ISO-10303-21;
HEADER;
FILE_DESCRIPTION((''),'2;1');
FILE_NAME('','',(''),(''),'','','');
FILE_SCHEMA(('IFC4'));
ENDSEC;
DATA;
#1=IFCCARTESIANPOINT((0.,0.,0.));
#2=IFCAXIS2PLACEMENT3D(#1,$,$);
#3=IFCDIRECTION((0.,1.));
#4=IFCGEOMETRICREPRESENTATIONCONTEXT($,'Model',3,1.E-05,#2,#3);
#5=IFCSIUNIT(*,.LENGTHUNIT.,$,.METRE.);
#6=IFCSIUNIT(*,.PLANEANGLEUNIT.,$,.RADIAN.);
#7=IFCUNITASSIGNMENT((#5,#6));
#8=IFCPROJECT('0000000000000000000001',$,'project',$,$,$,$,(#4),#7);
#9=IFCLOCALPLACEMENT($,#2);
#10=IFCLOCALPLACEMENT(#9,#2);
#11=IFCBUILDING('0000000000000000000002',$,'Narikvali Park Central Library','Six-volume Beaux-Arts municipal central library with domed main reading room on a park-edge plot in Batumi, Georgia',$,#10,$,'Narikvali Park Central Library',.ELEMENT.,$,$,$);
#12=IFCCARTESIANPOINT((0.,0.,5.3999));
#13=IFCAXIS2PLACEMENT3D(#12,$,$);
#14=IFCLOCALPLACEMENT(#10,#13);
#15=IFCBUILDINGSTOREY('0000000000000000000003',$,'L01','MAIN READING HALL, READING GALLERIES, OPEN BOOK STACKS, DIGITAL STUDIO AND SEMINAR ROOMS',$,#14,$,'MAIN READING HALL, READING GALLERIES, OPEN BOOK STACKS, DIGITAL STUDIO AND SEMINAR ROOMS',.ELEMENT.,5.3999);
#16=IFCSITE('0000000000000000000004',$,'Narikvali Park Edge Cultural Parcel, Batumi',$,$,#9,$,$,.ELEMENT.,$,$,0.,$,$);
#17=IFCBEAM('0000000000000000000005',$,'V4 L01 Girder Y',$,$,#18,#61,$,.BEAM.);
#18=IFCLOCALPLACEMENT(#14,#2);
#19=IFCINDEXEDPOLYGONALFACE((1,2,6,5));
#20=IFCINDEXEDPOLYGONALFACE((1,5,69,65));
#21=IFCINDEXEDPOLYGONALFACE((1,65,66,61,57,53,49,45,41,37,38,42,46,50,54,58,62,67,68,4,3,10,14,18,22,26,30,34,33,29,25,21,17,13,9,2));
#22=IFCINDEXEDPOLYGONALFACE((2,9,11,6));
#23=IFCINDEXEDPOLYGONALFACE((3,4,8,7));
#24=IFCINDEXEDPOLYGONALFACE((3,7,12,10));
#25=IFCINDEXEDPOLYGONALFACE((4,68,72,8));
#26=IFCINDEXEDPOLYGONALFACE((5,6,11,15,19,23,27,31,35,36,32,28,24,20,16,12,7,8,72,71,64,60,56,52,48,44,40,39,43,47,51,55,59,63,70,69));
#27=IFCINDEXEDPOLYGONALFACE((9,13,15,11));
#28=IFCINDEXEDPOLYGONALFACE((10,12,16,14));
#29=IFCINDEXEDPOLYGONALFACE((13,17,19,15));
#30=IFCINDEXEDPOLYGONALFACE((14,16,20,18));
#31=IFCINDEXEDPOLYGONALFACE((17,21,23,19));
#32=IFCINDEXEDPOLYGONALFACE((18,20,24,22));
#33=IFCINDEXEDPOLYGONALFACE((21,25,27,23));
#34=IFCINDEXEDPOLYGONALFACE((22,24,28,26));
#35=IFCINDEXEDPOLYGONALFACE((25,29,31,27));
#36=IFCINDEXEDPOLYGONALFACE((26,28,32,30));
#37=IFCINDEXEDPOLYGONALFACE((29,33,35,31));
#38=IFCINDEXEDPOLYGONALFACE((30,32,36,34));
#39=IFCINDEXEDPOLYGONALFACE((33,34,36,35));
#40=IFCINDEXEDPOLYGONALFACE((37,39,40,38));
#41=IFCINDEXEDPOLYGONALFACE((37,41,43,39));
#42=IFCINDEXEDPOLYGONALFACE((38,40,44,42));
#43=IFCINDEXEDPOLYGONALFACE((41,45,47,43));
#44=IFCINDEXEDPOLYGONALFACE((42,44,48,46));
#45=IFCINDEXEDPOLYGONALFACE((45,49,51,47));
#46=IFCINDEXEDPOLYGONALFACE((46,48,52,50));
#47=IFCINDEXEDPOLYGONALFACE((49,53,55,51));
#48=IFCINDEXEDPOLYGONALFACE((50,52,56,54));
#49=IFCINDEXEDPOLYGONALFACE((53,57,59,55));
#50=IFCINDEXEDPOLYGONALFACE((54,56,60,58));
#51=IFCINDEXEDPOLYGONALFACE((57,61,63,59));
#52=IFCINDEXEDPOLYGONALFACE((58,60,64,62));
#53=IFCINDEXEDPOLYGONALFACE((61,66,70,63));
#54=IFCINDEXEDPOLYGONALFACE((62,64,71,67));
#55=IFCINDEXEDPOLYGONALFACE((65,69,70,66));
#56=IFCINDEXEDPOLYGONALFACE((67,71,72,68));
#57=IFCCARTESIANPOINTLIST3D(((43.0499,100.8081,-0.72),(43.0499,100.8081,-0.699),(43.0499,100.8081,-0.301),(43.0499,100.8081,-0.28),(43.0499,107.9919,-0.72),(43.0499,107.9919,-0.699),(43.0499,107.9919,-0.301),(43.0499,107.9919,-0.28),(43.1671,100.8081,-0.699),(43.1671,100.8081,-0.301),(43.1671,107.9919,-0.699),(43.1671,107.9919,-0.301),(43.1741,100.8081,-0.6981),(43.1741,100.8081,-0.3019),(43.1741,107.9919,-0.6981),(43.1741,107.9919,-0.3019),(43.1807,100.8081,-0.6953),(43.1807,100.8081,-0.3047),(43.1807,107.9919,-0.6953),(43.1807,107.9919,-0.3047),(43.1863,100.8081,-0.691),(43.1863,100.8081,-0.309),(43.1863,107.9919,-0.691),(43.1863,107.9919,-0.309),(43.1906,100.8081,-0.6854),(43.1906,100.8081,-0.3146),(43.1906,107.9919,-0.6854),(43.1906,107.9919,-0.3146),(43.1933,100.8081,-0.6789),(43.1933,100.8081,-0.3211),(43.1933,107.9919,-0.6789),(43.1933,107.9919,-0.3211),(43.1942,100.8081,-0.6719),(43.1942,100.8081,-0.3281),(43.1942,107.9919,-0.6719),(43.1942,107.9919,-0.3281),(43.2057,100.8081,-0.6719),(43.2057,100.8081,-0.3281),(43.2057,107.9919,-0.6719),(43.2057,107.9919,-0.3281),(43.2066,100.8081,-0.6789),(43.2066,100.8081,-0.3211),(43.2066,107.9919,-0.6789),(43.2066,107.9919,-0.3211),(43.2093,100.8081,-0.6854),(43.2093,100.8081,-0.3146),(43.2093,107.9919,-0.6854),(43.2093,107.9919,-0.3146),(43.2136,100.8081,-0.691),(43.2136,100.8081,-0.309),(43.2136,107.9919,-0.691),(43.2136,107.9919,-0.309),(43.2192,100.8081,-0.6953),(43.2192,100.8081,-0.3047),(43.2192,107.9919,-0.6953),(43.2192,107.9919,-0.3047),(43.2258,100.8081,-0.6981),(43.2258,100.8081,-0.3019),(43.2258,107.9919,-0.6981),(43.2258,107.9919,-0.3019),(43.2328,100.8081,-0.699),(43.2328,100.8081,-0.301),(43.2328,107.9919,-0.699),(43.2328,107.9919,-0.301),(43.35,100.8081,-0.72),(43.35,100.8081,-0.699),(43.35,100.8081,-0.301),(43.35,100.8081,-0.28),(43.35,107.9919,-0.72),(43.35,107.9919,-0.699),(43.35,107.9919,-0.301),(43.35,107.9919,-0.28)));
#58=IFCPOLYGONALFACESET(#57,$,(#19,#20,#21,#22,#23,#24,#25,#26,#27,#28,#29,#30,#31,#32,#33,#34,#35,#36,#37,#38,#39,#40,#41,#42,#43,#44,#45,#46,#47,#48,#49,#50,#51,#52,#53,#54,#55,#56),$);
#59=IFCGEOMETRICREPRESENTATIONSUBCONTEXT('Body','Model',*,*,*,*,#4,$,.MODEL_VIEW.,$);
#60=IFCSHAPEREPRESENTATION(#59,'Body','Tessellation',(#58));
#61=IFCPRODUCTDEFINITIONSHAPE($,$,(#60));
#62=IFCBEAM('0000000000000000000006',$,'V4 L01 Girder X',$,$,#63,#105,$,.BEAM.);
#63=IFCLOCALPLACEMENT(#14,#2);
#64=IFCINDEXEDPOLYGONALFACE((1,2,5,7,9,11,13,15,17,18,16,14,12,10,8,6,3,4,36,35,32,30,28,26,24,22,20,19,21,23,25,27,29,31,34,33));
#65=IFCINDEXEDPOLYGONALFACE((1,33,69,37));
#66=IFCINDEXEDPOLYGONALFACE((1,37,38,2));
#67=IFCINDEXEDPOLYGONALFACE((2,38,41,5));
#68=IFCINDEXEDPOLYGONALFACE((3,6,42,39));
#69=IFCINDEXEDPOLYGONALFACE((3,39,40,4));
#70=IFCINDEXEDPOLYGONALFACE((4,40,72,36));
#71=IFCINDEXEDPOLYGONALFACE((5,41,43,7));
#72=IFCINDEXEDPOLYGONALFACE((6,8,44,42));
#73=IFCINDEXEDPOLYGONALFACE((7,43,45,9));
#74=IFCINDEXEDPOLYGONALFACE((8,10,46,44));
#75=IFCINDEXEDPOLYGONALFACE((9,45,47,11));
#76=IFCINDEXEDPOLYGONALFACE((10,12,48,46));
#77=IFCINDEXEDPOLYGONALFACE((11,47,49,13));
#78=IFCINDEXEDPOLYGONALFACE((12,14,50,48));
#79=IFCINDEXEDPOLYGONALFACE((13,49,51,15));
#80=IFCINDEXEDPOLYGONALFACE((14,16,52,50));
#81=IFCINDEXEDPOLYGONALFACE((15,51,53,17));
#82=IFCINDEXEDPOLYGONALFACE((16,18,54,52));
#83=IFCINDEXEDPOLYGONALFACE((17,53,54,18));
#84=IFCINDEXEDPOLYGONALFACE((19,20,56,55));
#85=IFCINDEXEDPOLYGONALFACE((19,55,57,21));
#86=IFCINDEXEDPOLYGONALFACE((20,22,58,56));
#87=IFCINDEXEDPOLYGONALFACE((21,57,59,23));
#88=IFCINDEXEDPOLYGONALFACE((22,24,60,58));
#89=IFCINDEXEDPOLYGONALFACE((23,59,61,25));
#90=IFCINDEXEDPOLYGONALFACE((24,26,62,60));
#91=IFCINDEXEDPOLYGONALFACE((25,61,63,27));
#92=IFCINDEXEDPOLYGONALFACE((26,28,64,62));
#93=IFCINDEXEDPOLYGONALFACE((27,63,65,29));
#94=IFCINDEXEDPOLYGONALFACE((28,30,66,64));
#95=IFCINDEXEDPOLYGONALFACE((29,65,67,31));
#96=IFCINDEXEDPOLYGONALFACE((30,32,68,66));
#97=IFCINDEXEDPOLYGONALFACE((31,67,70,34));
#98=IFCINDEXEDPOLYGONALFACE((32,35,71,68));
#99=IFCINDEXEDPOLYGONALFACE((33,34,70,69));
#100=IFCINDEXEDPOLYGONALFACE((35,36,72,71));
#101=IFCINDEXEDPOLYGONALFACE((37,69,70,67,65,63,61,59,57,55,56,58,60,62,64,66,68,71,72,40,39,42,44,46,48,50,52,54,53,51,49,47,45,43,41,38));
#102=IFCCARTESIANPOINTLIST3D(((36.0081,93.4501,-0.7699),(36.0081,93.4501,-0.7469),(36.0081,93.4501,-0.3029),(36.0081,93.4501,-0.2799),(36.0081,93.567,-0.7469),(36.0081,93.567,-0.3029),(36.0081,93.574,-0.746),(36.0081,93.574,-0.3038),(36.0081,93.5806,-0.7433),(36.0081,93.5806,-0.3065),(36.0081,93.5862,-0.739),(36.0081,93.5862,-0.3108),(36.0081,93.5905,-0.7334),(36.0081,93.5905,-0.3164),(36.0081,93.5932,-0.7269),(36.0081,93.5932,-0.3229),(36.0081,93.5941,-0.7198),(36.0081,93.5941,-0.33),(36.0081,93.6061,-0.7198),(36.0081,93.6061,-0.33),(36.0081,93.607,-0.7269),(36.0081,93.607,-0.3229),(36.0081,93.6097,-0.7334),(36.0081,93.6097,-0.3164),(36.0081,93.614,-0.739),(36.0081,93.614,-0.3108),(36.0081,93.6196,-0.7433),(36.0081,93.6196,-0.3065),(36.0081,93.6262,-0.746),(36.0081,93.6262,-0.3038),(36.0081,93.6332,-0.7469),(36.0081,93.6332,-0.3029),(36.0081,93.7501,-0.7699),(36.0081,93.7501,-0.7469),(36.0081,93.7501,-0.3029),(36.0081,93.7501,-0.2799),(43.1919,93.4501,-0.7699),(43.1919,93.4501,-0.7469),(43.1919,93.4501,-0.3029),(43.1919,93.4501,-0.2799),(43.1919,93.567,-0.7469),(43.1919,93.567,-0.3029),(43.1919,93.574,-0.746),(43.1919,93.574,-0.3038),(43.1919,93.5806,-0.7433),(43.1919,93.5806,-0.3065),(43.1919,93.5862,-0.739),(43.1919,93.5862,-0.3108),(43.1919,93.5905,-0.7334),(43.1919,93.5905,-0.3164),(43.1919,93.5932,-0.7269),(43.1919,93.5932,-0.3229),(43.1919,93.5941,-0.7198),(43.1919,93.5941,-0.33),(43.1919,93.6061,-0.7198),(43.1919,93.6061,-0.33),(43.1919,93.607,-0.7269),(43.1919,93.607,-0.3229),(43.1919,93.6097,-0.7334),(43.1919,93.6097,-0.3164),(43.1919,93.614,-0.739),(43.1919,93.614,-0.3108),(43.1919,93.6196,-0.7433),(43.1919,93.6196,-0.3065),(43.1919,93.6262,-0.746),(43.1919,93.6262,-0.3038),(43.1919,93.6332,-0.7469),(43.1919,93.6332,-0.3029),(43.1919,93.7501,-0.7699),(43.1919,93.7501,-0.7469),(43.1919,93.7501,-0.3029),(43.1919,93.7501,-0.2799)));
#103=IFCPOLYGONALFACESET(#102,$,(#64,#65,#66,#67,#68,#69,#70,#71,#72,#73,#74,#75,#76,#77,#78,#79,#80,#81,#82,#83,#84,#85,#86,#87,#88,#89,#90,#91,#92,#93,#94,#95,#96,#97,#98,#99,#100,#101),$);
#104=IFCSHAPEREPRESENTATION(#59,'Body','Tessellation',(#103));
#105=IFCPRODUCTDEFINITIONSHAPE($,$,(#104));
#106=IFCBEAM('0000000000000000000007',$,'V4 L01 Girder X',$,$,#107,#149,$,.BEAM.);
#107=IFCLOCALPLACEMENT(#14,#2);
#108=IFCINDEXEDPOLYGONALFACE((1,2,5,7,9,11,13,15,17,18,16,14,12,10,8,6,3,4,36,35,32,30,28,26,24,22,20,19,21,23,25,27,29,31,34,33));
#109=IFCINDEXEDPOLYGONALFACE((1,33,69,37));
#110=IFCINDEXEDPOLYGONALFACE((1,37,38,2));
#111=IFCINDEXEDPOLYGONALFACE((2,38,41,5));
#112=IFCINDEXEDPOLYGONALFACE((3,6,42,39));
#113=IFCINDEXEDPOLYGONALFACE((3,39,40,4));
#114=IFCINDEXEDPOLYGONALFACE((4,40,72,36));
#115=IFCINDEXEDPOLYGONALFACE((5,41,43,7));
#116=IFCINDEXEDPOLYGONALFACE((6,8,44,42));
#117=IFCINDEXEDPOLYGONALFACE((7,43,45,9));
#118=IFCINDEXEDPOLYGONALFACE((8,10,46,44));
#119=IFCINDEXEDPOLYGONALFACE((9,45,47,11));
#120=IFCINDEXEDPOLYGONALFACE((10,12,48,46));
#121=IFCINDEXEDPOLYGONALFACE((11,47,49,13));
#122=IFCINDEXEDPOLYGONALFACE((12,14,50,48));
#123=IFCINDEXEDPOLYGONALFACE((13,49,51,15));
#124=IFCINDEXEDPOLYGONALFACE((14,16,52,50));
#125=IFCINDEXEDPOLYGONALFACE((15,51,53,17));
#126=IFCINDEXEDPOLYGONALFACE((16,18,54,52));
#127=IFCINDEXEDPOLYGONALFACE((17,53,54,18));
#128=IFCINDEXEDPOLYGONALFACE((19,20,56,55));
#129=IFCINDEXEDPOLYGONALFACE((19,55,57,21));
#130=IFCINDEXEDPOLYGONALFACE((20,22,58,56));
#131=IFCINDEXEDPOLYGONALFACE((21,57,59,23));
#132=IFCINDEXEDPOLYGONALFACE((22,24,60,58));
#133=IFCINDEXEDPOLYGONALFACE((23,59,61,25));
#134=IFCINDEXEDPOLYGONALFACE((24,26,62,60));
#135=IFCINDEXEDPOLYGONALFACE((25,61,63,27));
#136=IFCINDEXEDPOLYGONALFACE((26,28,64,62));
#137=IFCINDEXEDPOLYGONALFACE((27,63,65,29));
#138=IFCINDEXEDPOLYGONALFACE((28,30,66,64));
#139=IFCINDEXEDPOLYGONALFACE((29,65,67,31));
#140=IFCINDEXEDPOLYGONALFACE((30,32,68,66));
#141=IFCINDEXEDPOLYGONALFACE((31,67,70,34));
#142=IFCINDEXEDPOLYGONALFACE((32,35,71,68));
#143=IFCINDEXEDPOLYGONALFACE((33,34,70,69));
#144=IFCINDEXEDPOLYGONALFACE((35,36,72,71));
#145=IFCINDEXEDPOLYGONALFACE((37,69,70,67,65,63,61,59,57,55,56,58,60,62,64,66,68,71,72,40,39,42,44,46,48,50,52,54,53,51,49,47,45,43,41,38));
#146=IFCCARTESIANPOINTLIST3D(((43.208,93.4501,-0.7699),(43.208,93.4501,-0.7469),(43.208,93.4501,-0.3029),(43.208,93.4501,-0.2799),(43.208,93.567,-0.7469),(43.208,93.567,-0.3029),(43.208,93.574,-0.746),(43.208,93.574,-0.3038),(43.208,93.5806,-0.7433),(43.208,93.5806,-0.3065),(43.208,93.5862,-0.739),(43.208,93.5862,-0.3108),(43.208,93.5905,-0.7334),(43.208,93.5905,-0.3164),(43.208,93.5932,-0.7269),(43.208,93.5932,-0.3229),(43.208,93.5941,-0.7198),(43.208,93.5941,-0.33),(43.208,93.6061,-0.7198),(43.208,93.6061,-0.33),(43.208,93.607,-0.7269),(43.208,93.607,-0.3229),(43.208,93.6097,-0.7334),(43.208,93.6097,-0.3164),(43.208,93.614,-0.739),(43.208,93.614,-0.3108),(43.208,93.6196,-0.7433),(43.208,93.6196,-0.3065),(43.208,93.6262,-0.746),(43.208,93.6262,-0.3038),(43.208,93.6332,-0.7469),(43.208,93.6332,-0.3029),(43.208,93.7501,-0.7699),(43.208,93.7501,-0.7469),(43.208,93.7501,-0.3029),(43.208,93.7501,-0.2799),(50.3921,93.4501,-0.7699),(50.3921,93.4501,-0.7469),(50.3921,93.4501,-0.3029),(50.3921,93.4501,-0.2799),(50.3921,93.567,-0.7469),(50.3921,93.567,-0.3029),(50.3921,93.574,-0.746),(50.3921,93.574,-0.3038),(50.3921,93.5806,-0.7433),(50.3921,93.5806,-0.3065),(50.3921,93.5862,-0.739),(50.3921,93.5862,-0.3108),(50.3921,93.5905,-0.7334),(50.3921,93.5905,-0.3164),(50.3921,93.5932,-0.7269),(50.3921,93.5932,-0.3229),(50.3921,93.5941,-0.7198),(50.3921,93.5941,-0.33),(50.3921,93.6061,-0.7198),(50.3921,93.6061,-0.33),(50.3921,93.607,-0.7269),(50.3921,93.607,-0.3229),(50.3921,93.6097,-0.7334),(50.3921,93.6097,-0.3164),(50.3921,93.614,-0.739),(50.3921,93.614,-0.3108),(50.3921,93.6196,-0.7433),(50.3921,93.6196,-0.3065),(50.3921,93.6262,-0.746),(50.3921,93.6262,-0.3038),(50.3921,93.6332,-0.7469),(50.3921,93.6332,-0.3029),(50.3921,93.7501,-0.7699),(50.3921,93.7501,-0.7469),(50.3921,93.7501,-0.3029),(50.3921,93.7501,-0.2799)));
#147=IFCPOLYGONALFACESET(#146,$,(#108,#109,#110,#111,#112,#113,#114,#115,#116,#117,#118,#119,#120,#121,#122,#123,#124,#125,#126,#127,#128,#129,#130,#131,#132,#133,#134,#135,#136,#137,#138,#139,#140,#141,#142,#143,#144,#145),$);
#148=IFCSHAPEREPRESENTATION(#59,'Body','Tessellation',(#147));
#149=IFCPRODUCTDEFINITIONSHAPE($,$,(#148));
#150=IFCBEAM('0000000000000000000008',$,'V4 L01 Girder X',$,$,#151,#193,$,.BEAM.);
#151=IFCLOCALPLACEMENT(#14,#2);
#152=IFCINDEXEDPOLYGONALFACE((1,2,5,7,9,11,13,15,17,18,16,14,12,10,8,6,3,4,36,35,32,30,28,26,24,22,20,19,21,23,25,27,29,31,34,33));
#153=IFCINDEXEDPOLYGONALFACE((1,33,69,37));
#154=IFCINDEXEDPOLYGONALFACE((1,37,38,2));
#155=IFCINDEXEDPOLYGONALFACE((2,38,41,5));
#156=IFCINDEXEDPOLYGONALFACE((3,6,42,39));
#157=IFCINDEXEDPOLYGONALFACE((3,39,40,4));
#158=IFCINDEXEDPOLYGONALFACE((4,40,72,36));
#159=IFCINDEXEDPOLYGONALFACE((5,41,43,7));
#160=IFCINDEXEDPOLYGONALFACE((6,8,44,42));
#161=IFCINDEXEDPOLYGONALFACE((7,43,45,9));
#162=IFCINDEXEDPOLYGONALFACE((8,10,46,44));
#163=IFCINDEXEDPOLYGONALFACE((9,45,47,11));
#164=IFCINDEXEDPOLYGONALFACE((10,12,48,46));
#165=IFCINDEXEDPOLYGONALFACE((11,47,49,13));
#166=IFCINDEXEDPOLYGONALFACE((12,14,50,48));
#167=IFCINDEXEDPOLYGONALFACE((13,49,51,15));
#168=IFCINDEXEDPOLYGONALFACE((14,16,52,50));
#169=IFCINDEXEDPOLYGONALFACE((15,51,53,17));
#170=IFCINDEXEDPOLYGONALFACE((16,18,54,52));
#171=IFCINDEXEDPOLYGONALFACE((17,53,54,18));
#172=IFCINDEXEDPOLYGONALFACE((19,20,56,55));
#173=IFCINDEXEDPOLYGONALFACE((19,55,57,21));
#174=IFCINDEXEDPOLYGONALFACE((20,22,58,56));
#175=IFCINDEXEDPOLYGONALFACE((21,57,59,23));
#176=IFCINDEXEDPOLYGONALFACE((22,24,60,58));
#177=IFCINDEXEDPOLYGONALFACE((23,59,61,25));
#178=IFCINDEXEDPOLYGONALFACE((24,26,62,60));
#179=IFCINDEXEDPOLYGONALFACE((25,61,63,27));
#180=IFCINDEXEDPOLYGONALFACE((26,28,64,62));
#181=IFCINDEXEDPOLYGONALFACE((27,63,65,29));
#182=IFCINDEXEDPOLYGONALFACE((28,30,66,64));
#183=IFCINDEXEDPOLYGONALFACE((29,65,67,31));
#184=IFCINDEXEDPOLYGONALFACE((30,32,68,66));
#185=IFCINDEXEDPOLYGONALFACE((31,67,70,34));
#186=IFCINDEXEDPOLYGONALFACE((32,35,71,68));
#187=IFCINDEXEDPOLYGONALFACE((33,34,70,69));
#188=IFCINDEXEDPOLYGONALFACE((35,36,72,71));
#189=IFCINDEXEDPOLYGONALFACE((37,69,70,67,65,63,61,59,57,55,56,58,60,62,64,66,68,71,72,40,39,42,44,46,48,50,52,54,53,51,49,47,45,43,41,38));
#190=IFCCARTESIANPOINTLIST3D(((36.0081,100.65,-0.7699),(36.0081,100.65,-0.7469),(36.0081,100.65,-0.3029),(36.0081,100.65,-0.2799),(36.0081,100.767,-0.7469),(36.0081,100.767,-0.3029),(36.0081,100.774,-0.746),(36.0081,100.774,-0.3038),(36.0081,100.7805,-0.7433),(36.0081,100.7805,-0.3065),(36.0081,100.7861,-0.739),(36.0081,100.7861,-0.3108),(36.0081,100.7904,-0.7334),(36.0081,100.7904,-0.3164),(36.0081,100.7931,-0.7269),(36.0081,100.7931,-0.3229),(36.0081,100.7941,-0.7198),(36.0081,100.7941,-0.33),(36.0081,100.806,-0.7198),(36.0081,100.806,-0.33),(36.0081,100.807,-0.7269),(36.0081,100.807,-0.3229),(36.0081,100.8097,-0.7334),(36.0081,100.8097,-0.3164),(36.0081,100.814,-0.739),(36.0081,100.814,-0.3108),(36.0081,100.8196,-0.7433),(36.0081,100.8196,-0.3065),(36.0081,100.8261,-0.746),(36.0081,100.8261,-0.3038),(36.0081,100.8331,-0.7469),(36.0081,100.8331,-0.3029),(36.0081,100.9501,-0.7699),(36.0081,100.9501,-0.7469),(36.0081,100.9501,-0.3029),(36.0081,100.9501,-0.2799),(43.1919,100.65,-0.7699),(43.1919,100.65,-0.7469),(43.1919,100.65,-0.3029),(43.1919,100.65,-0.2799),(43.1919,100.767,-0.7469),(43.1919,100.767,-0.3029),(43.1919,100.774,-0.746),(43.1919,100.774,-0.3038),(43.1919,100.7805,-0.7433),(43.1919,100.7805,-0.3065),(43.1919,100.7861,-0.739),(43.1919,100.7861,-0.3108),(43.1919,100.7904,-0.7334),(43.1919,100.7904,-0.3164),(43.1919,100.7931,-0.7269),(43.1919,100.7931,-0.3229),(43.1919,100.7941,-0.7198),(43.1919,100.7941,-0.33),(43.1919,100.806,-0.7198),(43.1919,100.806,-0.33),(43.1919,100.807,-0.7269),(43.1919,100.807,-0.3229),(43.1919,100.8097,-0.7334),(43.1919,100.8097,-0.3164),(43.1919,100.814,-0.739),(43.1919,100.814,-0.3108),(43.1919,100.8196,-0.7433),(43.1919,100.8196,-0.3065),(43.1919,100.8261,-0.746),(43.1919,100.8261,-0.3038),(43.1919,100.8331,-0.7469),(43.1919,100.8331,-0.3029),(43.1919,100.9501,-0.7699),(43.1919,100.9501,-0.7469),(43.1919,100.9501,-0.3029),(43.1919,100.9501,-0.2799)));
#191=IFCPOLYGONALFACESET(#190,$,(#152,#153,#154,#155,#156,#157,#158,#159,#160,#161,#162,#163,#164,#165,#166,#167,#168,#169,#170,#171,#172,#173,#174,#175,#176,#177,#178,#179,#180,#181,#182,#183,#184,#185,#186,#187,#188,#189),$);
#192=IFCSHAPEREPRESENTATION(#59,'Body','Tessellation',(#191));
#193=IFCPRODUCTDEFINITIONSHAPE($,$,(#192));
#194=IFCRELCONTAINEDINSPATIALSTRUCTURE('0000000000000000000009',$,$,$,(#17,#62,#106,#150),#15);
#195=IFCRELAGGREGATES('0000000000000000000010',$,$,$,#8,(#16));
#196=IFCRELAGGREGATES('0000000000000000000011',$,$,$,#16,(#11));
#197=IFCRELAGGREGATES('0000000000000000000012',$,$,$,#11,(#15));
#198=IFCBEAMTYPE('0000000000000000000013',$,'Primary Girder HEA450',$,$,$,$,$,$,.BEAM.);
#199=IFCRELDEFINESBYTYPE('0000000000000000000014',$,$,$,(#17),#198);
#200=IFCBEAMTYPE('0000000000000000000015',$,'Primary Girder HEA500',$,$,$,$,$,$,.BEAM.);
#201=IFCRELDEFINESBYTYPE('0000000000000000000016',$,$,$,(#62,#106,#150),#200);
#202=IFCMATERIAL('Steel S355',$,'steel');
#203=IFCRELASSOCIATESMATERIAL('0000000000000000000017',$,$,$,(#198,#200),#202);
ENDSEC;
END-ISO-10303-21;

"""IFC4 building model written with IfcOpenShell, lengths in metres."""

from ifc_helpers import new_model, si_unit, direction, frame, origin, origin_2d, place, context, subcontext, project, spatial, i_section, extrude, material, material_profile, profile_set, type_object, element, save


model = new_model("IFC4")

# Units and contexts
model_context = context("Model", 3, precision=1e-05, world=origin(), true_north=direction((0.0, 1.0)))
body_context = subcontext(model_context, "Body", "Model", "MODEL_VIEW")
ifc_project = project(units=[si_unit("LENGTHUNIT", "METRE"), si_unit("PLANEANGLEUNIT", "RADIAN")], contexts=[model_context])

# Site, building, storey
site_placement = place(None, origin())
site = spatial("IfcSite", under=ifc_project, at=site_placement, Name="Narikvali Park Edge Cultural Parcel, Batumi", CompositionType="ELEMENT", RefElevation=0.0)
building_placement = place(site_placement, origin())
building = spatial("IfcBuilding", under=site, at=building_placement, Name="Narikvali Park Central Library", Description="Six-volume Beaux-Arts municipal central library with domed main reading room on a park-edge plot in Batumi, Georgia", LongName="Narikvali Park Central Library", CompositionType="ELEMENT")
storey_placement = place(building_placement, frame((0.0, 0.0, 5.3999)))
storey = spatial("IfcBuildingStorey", under=building, at=storey_placement, Name="L01", Description="MAIN READING HALL, READING GALLERIES, OPEN BOOK STACKS, DIGITAL STUDIO AND SEMINAR ROOMS", LongName="MAIN READING HALL, READING GALLERIES, OPEN BOOK STACKS, DIGITAL STUDIO AND SEMINAR ROOMS", CompositionType="ELEMENT", Elevation=5.3999)

# Shared definitions
ifc_material_1 = material(Name="Steel S355", Category="steel")

# Beams
ifc_material_profile_1 = material_profile(ifc_material_1, i_section(OverallWidth=0.3, OverallDepth=0.4399, WebThickness=0.0115, FlangeThickness=0.021, FilletRadius=0.0271, at=origin_2d()), Name="HEA 450")
ifc_profile_set_1 = profile_set([ifc_material_profile_1], Name="Steel S355")
beam_type_1 = type_object("IfcBeamType", Name="Primary Girder HEA450", PredefinedType="BEAM", material=ifc_profile_set_1)
beam_1_placement = place(storey_placement, frame((43.2, 100.8081, -0.5), z_axis=(0.0, 1.0, 0.0), x_axis=(-1.0, 0.0, 0.0)))
element("IfcBeam", 1, at=beam_1_placement, inside=storey, type_object=beam_type_1, Name="V4 L01 Girder Y", PredefinedType="BEAM", context=body_context, shape_type="SweptSolid", body=[
    extrude(i_section(OverallWidth=0.3, OverallDepth=0.4399, WebThickness=0.0115, FlangeThickness=0.021, FilletRadius=0.0271, at=origin_2d()), origin(), (0.0, 0.0, 1.0), 7.1838),
])
ifc_material_profile_2 = material_profile(ifc_material_1, i_section(OverallWidth=0.3, OverallDepth=0.49, WebThickness=0.012, FlangeThickness=0.0229, FilletRadius=0.0271, at=origin_2d()), Name="HEA 500")
ifc_profile_set_2 = profile_set([ifc_material_profile_2], Name="Steel S355")
beam_type_2 = type_object("IfcBeamType", Name="Primary Girder HEA500", PredefinedType="BEAM", material=ifc_profile_set_2)
beam_2_placement = place(storey_placement, frame((36.0081, 93.6001, -0.5249), z_axis=(1.0, 0.0, 0.0), x_axis=(0.0, 1.0, 0.0)))
element("IfcBeam", 2, at=beam_2_placement, inside=storey, type_object=beam_type_2, Name="V4 L01 Girder X", PredefinedType="BEAM", context=body_context, shape_type="SweptSolid", body=[
    extrude(i_section(OverallWidth=0.3, OverallDepth=0.49, WebThickness=0.012, FlangeThickness=0.0229, FilletRadius=0.0271, at=origin_2d()), origin(), (0.0, 0.0, 1.0), 7.1838),
])
beam_3_placement = place(storey_placement, frame((43.208, 93.6001, -0.5249), z_axis=(1.0, 0.0, 0.0), x_axis=(0.0, 1.0, 0.0)))
element("IfcBeam", 3, at=beam_3_placement, inside=storey, type_object=beam_type_2, Name="V4 L01 Girder X", PredefinedType="BEAM", context=body_context, shape_type="SweptSolid", body=[
    extrude(i_section(OverallWidth=0.3, OverallDepth=0.49, WebThickness=0.012, FlangeThickness=0.0229, FilletRadius=0.0271, at=origin_2d()), origin(), (0.0, 0.0, 1.0), 7.1841),
])
beam_4_placement = place(storey_placement, frame((36.0081, 100.8, -0.5249), z_axis=(1.0, 0.0, 0.0), x_axis=(0.0, 1.0, 0.0)))
element("IfcBeam", 4, at=beam_4_placement, inside=storey, type_object=beam_type_2, Name="V4 L01 Girder X", PredefinedType="BEAM", context=body_context, shape_type="SweptSolid", body=[
    extrude(i_section(OverallWidth=0.3, OverallDepth=0.49, WebThickness=0.012, FlangeThickness=0.0229, FilletRadius=0.0271, at=origin_2d()), origin(), (0.0, 0.0, 1.0), 7.1838),
])

save(model, "model.ifc")
